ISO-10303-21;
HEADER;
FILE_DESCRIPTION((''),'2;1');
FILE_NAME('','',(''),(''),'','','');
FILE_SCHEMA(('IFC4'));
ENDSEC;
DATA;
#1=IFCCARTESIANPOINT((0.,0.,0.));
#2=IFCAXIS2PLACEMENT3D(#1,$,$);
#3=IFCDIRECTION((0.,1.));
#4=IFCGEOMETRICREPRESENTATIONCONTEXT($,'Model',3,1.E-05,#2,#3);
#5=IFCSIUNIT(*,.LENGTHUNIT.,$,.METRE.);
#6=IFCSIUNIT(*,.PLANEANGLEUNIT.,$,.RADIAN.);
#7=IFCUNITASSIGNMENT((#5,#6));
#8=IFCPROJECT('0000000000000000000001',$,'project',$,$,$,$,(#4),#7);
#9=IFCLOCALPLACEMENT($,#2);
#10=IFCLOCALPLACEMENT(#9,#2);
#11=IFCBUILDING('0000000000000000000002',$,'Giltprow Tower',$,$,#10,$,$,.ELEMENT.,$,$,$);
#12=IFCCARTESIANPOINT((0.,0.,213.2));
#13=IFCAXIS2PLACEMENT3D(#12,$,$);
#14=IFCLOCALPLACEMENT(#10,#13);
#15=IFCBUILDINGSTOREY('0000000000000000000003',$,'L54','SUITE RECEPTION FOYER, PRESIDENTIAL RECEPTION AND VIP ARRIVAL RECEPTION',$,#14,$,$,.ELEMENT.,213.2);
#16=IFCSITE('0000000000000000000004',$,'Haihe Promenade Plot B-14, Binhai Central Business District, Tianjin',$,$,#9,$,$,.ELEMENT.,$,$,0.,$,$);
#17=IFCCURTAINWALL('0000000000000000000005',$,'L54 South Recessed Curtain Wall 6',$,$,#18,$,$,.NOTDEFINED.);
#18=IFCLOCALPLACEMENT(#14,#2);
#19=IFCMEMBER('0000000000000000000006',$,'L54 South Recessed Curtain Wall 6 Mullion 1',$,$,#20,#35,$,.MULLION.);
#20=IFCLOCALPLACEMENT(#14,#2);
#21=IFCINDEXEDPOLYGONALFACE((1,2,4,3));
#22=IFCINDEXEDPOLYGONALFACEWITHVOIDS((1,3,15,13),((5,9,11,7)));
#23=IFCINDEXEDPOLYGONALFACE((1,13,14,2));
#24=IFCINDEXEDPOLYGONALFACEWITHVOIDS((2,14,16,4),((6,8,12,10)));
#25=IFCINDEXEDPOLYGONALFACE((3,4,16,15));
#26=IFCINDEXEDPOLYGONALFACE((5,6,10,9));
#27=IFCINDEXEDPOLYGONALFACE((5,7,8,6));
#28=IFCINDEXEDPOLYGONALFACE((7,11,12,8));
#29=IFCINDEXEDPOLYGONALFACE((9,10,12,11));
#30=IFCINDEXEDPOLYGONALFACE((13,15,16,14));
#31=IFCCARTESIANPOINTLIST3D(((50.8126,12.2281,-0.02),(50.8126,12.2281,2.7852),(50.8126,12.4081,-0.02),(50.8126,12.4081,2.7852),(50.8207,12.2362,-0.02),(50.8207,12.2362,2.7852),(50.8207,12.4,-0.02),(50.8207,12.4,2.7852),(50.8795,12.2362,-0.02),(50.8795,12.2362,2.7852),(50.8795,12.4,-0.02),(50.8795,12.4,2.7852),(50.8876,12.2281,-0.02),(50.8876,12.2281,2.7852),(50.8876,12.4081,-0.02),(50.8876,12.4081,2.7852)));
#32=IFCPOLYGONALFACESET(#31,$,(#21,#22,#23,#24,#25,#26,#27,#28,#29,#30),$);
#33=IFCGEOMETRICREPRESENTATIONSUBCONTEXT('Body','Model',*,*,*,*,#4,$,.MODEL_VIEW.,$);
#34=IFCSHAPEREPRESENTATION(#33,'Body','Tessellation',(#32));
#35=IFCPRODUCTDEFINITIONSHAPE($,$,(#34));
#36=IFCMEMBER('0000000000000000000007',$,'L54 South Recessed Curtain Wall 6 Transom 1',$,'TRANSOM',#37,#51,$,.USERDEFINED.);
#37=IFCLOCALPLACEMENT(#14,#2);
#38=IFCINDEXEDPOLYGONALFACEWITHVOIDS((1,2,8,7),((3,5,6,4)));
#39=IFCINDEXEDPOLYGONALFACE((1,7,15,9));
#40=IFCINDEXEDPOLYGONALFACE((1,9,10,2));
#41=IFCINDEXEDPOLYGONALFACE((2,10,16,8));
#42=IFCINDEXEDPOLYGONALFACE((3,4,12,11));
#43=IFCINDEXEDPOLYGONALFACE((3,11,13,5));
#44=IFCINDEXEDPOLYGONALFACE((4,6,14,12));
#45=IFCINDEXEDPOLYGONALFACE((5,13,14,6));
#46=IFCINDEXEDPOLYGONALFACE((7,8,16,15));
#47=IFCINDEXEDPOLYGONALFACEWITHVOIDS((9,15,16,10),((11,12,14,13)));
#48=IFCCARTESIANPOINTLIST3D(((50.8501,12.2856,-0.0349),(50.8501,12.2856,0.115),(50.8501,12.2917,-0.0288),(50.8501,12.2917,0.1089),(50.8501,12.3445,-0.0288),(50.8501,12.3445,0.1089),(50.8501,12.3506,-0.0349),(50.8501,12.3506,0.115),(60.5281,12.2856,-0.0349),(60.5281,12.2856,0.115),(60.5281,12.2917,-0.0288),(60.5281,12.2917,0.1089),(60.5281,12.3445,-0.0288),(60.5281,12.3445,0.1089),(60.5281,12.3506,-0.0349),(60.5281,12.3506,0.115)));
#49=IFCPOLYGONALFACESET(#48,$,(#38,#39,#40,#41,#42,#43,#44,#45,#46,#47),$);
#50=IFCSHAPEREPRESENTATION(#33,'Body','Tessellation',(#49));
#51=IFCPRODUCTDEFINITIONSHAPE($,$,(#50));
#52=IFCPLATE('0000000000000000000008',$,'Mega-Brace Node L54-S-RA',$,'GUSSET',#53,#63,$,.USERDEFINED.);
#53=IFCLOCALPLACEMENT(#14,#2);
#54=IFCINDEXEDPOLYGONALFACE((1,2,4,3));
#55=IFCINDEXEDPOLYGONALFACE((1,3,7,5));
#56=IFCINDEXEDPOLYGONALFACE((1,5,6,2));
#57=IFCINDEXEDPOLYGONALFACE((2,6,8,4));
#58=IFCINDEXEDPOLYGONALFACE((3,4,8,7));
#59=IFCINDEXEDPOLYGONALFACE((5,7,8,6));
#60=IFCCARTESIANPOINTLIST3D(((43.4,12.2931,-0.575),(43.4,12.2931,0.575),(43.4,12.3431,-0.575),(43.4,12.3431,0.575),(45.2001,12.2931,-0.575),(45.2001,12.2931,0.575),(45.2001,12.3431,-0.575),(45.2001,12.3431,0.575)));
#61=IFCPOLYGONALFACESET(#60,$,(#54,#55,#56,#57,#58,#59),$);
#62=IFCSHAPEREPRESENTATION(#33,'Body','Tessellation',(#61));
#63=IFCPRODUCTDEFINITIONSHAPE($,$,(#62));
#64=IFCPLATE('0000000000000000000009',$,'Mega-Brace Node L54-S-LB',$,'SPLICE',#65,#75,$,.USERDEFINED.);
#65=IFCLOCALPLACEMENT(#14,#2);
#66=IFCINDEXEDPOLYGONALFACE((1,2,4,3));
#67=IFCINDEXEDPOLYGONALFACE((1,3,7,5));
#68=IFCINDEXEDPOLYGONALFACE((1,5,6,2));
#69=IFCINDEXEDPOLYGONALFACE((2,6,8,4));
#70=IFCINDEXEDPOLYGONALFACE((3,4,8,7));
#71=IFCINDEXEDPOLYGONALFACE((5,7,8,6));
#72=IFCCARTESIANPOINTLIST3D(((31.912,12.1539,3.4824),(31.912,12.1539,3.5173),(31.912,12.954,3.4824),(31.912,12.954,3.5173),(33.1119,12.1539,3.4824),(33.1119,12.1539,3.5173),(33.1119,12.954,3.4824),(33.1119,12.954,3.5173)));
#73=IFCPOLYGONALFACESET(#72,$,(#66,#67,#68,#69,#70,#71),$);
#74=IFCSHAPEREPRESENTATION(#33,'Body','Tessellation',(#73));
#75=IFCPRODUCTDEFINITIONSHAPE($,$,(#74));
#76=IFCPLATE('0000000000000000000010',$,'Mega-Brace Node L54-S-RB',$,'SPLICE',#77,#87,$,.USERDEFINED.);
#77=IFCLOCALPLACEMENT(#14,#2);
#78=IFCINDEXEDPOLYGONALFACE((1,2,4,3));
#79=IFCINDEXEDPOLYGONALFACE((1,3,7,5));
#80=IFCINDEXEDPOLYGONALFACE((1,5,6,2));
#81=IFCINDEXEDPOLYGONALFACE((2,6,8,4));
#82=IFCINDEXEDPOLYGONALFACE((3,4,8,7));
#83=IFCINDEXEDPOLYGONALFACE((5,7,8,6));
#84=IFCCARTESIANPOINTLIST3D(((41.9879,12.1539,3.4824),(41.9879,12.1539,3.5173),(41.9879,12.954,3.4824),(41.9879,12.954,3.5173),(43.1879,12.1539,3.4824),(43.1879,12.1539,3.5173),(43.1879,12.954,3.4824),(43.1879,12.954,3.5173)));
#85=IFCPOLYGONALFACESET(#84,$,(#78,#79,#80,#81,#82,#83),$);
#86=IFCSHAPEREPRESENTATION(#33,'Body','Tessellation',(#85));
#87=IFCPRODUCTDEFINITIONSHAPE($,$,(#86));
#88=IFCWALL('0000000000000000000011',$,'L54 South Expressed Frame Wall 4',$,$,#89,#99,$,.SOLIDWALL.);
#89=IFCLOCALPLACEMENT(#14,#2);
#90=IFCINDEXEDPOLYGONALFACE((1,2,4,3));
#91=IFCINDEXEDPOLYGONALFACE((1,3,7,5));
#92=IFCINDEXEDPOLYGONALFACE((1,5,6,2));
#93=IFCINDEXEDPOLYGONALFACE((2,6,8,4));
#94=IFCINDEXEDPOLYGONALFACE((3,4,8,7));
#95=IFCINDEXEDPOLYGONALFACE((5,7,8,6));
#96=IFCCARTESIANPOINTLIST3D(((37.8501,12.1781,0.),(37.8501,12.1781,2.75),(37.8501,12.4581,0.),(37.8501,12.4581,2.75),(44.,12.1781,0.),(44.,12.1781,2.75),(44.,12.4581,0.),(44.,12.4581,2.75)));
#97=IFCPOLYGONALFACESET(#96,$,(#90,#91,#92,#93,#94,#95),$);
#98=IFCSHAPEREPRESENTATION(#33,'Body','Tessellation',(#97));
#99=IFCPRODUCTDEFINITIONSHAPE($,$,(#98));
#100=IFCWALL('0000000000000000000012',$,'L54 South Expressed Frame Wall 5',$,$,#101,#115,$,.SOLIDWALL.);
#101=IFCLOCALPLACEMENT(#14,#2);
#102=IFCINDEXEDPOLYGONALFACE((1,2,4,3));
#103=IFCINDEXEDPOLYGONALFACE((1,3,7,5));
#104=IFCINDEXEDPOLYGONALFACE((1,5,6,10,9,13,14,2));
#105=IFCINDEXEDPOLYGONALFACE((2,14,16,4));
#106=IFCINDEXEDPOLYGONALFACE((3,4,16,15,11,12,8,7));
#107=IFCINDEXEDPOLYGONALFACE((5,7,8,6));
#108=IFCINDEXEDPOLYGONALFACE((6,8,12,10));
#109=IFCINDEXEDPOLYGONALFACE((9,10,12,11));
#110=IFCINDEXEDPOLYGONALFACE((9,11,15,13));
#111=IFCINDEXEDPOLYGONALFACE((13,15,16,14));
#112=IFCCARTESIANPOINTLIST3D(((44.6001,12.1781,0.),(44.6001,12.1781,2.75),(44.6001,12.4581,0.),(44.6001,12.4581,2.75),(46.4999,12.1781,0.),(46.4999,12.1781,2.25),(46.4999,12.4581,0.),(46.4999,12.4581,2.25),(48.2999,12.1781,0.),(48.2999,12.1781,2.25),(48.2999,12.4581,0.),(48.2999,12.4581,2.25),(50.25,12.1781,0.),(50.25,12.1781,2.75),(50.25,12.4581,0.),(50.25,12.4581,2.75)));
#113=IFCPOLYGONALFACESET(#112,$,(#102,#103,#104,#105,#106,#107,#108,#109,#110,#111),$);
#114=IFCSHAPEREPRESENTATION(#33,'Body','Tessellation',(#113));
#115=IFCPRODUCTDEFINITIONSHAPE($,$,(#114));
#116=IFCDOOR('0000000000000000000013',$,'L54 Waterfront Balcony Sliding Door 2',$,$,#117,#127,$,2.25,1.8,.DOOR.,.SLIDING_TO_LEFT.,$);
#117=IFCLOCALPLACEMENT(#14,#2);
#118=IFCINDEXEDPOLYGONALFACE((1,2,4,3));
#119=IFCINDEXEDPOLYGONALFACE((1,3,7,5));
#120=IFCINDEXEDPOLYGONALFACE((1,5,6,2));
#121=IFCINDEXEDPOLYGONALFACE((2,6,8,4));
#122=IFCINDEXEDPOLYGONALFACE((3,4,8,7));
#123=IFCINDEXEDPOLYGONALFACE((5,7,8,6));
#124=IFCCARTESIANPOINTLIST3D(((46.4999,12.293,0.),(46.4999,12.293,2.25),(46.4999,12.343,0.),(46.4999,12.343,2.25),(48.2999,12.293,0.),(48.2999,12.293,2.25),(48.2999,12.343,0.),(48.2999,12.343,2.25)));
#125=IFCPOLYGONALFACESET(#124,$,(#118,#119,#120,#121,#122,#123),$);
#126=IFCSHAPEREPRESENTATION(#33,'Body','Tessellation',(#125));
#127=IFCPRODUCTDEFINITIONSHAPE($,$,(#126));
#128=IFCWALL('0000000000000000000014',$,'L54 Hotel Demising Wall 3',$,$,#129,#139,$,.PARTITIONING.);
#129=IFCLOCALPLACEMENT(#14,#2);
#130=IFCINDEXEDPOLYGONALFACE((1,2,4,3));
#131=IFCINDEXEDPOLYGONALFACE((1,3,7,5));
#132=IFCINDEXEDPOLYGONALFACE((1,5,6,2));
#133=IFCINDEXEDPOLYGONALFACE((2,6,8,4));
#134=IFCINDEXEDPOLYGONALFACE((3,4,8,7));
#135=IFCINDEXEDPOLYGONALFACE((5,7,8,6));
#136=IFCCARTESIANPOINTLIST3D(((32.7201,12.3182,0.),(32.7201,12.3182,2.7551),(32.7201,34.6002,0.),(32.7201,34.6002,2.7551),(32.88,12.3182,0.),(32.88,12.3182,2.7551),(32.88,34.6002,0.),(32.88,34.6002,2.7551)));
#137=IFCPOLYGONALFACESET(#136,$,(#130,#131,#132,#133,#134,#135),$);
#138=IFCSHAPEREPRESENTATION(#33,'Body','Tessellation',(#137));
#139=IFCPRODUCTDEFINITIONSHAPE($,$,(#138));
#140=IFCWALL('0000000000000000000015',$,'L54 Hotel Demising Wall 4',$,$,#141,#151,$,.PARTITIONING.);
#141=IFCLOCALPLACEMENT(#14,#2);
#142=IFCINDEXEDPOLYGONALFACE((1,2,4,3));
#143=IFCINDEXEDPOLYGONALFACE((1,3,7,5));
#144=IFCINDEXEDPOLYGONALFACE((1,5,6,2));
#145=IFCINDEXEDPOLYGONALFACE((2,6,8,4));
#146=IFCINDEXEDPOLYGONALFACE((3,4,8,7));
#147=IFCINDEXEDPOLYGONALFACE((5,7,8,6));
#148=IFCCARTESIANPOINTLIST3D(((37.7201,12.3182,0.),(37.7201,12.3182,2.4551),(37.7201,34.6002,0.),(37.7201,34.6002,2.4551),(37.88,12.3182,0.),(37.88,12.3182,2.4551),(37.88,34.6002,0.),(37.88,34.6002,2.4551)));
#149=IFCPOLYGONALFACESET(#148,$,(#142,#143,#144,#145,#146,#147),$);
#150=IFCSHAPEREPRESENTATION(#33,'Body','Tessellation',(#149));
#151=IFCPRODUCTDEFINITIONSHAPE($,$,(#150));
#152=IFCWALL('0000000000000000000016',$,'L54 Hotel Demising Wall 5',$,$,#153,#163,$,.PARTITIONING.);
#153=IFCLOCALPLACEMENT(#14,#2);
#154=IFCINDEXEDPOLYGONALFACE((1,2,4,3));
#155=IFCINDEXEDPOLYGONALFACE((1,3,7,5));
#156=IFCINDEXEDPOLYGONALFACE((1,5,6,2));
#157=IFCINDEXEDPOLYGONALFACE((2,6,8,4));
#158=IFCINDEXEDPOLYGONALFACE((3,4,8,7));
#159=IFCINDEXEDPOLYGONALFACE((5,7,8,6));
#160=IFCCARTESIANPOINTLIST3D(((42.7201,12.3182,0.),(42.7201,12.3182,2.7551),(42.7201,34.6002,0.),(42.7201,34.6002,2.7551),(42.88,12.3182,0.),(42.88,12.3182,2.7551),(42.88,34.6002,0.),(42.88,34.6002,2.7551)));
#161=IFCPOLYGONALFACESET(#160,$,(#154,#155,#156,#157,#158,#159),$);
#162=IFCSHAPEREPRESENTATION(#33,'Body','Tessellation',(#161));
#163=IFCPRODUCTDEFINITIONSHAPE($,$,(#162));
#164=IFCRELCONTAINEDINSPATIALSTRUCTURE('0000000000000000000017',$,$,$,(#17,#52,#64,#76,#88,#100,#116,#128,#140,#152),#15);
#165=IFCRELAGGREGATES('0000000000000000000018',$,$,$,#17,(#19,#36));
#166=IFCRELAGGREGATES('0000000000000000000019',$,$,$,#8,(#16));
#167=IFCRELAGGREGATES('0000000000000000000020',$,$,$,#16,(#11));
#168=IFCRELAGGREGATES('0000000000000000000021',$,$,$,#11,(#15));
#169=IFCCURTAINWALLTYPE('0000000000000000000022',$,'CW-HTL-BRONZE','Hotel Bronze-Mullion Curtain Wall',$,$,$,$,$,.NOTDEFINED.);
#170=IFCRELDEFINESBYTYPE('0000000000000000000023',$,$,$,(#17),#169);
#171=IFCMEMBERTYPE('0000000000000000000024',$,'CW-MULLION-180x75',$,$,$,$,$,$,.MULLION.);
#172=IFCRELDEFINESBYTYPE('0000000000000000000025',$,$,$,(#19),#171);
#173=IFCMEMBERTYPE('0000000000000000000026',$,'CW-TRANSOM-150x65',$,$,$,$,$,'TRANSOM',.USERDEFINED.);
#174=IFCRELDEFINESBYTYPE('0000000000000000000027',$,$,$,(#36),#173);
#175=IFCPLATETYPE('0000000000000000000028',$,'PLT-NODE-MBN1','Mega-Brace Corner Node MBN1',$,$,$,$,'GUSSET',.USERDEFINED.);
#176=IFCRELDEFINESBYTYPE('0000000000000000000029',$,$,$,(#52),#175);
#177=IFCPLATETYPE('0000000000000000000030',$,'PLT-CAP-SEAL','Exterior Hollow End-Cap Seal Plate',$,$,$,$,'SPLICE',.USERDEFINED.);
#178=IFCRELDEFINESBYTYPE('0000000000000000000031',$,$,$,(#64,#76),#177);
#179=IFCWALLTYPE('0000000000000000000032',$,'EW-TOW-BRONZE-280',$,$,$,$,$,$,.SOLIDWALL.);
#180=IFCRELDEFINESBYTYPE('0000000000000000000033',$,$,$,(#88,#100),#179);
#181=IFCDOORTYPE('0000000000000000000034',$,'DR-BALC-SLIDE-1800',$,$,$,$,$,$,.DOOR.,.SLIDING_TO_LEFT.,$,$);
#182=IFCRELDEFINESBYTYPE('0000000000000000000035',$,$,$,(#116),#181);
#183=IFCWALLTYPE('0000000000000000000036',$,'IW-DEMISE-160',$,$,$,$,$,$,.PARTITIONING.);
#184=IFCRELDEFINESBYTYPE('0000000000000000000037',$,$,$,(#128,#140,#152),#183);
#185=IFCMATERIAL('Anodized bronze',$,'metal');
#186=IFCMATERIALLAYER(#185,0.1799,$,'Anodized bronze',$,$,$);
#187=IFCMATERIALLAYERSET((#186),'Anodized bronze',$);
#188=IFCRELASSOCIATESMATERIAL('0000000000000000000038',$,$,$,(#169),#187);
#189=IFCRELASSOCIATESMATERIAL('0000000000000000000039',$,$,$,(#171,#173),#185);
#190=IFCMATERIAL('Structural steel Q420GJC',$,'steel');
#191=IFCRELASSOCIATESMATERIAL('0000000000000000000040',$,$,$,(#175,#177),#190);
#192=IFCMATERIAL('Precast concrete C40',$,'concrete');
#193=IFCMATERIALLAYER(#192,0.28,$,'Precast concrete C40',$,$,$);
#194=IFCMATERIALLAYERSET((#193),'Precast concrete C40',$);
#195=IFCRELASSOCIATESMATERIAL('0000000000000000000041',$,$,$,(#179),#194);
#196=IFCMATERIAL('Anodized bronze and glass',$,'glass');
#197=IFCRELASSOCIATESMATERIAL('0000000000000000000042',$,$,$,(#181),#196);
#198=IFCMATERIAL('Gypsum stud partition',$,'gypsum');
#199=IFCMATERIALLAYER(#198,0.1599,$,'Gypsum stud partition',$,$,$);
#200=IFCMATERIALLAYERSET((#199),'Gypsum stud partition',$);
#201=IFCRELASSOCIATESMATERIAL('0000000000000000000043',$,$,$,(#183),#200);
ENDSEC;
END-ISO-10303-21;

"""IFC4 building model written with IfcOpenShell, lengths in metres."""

from ifc_helpers import new_model, si_unit, direction, frame, frame_2d, origin, origin_2d, place, context, subcontext, project, spatial, rectangle, hollow_rectangle, extrude, source, transform, mapped, material, layer, layer_set, material_profile, profile_set, type_object, element, fill, aggregate, save


model = new_model("IFC4")

# Units and contexts
model_context = context("Model", 3, precision=1e-05, world=origin(), true_north=direction((0.0, 1.0)))
body_context = subcontext(model_context, "Body", "Model", "MODEL_VIEW")
ifc_project = project(units=[si_unit("LENGTHUNIT", "METRE"), si_unit("PLANEANGLEUNIT", "RADIAN")], contexts=[model_context])

# Site, building, storey
site_placement = place(None, origin())
site = spatial("IfcSite", under=ifc_project, at=site_placement, Name="Haihe Promenade Plot B-14, Binhai Central Business District, Tianjin", CompositionType="ELEMENT", RefElevation=0.0)
building_placement = place(site_placement, origin())
building = spatial("IfcBuilding", under=site, at=building_placement, Name="Giltprow Tower", CompositionType="ELEMENT")
storey_placement = place(building_placement, frame((0.0, 0.0, 213.2)))
storey = spatial("IfcBuildingStorey", under=building, at=storey_placement, Name="L54", Description="SUITE RECEPTION FOYER, PRESIDENTIAL RECEPTION AND VIP ARRIVAL RECEPTION", CompositionType="ELEMENT", Elevation=213.2)

# Shared definitions
ifc_material_1 = material(Name="Structural steel Q420GJC", Category="steel")

# Curtain wall, members
ifc_material_2 = material(Name="Anodized bronze", Category="metal")
ifc_layer_1 = layer(ifc_material_2, 0.1799, Name="Anodized bronze")
ifc_layer_set_1 = layer_set([ifc_layer_1], Name="Anodized bronze")
curtain_wall_type = type_object("IfcCurtainWallType", Name="CW-HTL-BRONZE", Description="Hotel Bronze-Mullion Curtain Wall", PredefinedType="NOTDEFINED", material=ifc_layer_set_1)
curtain_wall_placement = place(storey_placement, origin())
curtain_wall = element("IfcCurtainWall", 1, at=curtain_wall_placement, inside=storey, type_object=curtain_wall_type, Name="L54 South Recessed Curtain Wall 6", PredefinedType="NOTDEFINED")
ifc_material_profile_1 = material_profile(ifc_material_2, hollow_rectangle(XDim=0.075, YDim=0.1799, WallThickness=0.0081, at=origin_2d()), Name="RHS 180x75x8")
ifc_profile_set_1 = profile_set([ifc_material_profile_1], Name="Anodized bronze")
member_type_1 = type_object("IfcMemberType", Name="CW-MULLION-180x75", PredefinedType="MULLION", material=ifc_profile_set_1)
shared_shape_1 = source(origin(), body_context, "Body", "SweptSolid", [
    extrude(hollow_rectangle(XDim=0.075, YDim=0.1799, WallThickness=0.0081, at=origin_2d()), origin(), (0.0, 0.0, 1.0), 2.8052),
])
member_1_placement = place(storey_placement, frame((50.8501, 12.3181, -0.02), z_axis=(0.0, 0.0, 1.0), x_axis=(1.0, 0.0, 0.0)))
member_1 = element("IfcMember", 2, at=member_1_placement, type_object=member_type_1, Name="L54 South Recessed Curtain Wall 6 Mullion 1", PredefinedType="MULLION", context=body_context, shape_type="MappedRepresentation", body=[
    mapped(shared_shape_1, transform((0.0, 0.0, 0.0), x_axis=(1.0, 0.0, 0.0), y_axis=(0.0, 1.0, 0.0), z_axis=(0.0, 0.0, 1.0), scale=1.0)),
])
ifc_material_profile_2 = material_profile(ifc_material_2, hollow_rectangle(XDim=0.0649, YDim=0.1499, WallThickness=0.0061, at=origin_2d()), Name="RHS 150x65x6")
ifc_profile_set_2 = profile_set([ifc_material_profile_2], Name="Anodized bronze")
member_type_2 = type_object("IfcMemberType", Name="CW-TRANSOM-150x65", ElementType="TRANSOM", PredefinedType="USERDEFINED", material=ifc_profile_set_2)
shared_shape_2 = source(origin(), body_context, "Body", "SweptSolid", [
    extrude(hollow_rectangle(XDim=0.0649, YDim=0.1499, WallThickness=0.0061, at=origin_2d()), origin(), (0.0, 0.0, 1.0), 9.678),
])
member_2_placement = place(storey_placement, frame((50.8501, 12.3181, 0.04), z_axis=(1.0, 0.0, 0.0), x_axis=(0.0, 1.0, 0.0)))
member_2 = element("IfcMember", 3, at=member_2_placement, type_object=member_type_2, Name="L54 South Recessed Curtain Wall 6 Transom 1", ObjectType="TRANSOM", PredefinedType="USERDEFINED", context=body_context, shape_type="MappedRepresentation", body=[
    mapped(shared_shape_2, transform((0.0, 0.0, 0.0), x_axis=(1.0, 0.0, 0.0), y_axis=(0.0, 1.0, 0.0), z_axis=(0.0, 0.0, 1.0), scale=1.0)),
])
aggregate(curtain_wall, [member_1, member_2])

# Plates
plate_type_1 = type_object("IfcPlateType", Name="PLT-NODE-MBN1", Description="Mega-Brace Corner Node MBN1", ElementType="GUSSET", PredefinedType="USERDEFINED", material=ifc_material_1)
shared_shape_3 = source(origin(), body_context, "Body", "SweptSolid", [
    extrude(rectangle(XDim=1.8, YDim=0.05, at=origin_2d()), origin(), (0.0, 0.0, 1.0), 1.1499),
])
plate_placement = place(storey_placement, frame((44.3, 12.3181, -0.575), z_axis=(0.0, 0.0, 1.0), x_axis=(1.0, 0.0, 0.0)))
element("IfcPlate", 4, at=plate_placement, inside=storey, type_object=plate_type_1, Name="Mega-Brace Node L54-S-RA", ObjectType="GUSSET", PredefinedType="USERDEFINED", context=body_context, shape_type="MappedRepresentation", body=[
    mapped(shared_shape_3, transform((0.0, 0.0, 0.0), x_axis=(1.0, 0.0, 0.0), y_axis=(0.0, 1.0, 0.0), z_axis=(0.0, 0.0, 1.0), scale=1.0)),
])
plate_type_2 = type_object("IfcPlateType", Name="PLT-CAP-SEAL", Description="Exterior Hollow End-Cap Seal Plate", ElementType="SPLICE", PredefinedType="USERDEFINED", material=ifc_material_1)
shared_shape_4 = source(origin(), body_context, "Body", "SweptSolid", [
    extrude(rectangle(XDim=1.2, YDim=0.8, at=origin_2d()), origin(), (0.0, 0.0, 1.0), 0.0349),
])
for number, where, z_axis, x_axis, name in (
    (5, (32.512, 12.554, 3.4824), (0.0, 0.0, 1.0), (1.0, 0.0, 0.0), "Mega-Brace Node L54-S-LB"),
    (6, (42.5879, 12.554, 3.4824), (0.0, 0.0, 1.0), (1.0, 0.0, 0.0), "Mega-Brace Node L54-S-RB"),
):
    element("IfcPlate", number, at=place(storey_placement, frame(where, z_axis=z_axis, x_axis=x_axis)), inside=storey, type_object=plate_type_2, Name=name, ObjectType="SPLICE", PredefinedType="USERDEFINED", context=body_context, shape_type="MappedRepresentation", body=[
        mapped(shared_shape_4, transform((0.0, 0.0, 0.0), x_axis=(1.0, 0.0, 0.0), y_axis=(0.0, 1.0, 0.0), z_axis=(0.0, 0.0, 1.0), scale=1.0)),
    ])

# Wall
ifc_material_3 = material(Name="Precast concrete C40", Category="concrete")
ifc_layer_2 = layer(ifc_material_3, 0.28, Name="Precast concrete C40")
ifc_layer_set_2 = layer_set([ifc_layer_2], Name="Precast concrete C40")
wall_type_1 = type_object("IfcWallType", Name="EW-TOW-BRONZE-280", PredefinedType="SOLIDWALL", material=ifc_layer_set_2)
wall_1_placement = place(storey_placement, frame((37.8501, 12.3181, 0.0), z_axis=(0.0, 0.0, 1.0), x_axis=(1.0, 0.0, 0.0)))
element("IfcWall", 7, at=wall_1_placement, inside=storey, type_object=wall_type_1, Name="L54 South Expressed Frame Wall 4", PredefinedType="SOLIDWALL", context=body_context, shape_type="SweptSolid", body=[
    extrude(rectangle(XDim=6.1499, YDim=0.28, at=frame_2d((3.075, 0.0))), origin(), (0.0, 0.0, 1.0), 2.75),
])

# Wall, opening, door
wall_2_placement = place(storey_placement, frame((44.6001, 12.3181, 0.0), z_axis=(0.0, 0.0, 1.0), x_axis=(1.0, 0.0, 0.0)))
wall_2 = element("IfcWall", 8, at=wall_2_placement, inside=storey, type_object=wall_type_1, Name="L54 South Expressed Frame Wall 5", PredefinedType="SOLIDWALL", context=body_context, shape_type="SweptSolid", body=[
    extrude(rectangle(XDim=5.6499, YDim=0.28, at=frame_2d((2.825, 0.0))), origin(), (0.0, 0.0, 1.0), 2.75),
])
opening_1_placement = place(wall_2_placement, frame((1.8999, 0.0, 0.0)))
opening_1 = element("IfcOpeningElement", 9, at=opening_1_placement, cuts=wall_2, PredefinedType="OPENING", context=body_context, shape_type="SweptSolid", body=[
    extrude(rectangle(XDim=1.8, YDim=2.25, at=frame_2d((0.8999, 1.125))), frame((0.0, 0.1499, 0.0), z_axis=(0.0, -1.0, 0.0), x_axis=(1.0, 0.0, 0.0)), (0.0, 0.0, 1.0), 0.3),
])
ifc_material_4 = material(Name="Anodized bronze and glass", Category="glass")
door_type_1 = type_object("IfcDoorType", Name="DR-BALC-SLIDE-1800", OperationType="SLIDING_TO_LEFT", PredefinedType="DOOR", material=ifc_material_4)
shared_shape_5 = source(origin(), body_context, "Body", "SweptSolid", [
    extrude(rectangle(XDim=1.8, YDim=2.25, at=frame_2d((0.8999, 1.125))), frame((0.0, 0.0249, 0.0), z_axis=(0.0, -1.0, 0.0), x_axis=(1.0, 0.0, 0.0)), (0.0, 0.0, 1.0), 0.05),
])
door_1_placement = place(opening_1_placement, origin())
door_1 = element("IfcDoor", 10, at=door_1_placement, inside=storey, type_object=door_type_1, Name="L54 Waterfront Balcony Sliding Door 2", OperationType="SLIDING_TO_LEFT", OverallHeight=2.25, OverallWidth=1.8, PredefinedType="DOOR", context=body_context, shape_type="MappedRepresentation", body=[
    mapped(shared_shape_5, transform((0.0, 0.0, 0.0), x_axis=(1.0, 0.0, 0.0), y_axis=(0.0, 1.0, 0.0), z_axis=(0.0, 0.0, 1.0), scale=1.0)),
])
fill(opening_1, door_1)

# Walls
ifc_material_5 = material(Name="Gypsum stud partition", Category="gypsum")
ifc_layer_3 = layer(ifc_material_5, 0.1599, Name="Gypsum stud partition")
ifc_layer_set_3 = layer_set([ifc_layer_3], Name="Gypsum stud partition")
wall_type_2 = type_object("IfcWallType", Name="IW-DEMISE-160", PredefinedType="PARTITIONING", material=ifc_layer_set_3)
wall_3_placement = place(storey_placement, frame((32.8, 12.3181, 0.0), z_axis=(0.0, 0.0, 1.0), x_axis=(0.0, 1.0, 0.0)))
element("IfcWall", 11, at=wall_3_placement, inside=storey, type_object=wall_type_2, Name="L54 Hotel Demising Wall 3", PredefinedType="PARTITIONING", context=body_context, shape_type="SweptSolid", body=[
    extrude(rectangle(XDim=22.282, YDim=0.1599, at=frame_2d((11.1411, 0.0))), origin(), (0.0, 0.0, 1.0), 2.7551),
])
wall_4_placement = place(storey_placement, frame((37.8, 12.3181, 0.0), z_axis=(0.0, 0.0, 1.0), x_axis=(0.0, 1.0, 0.0)))
element("IfcWall", 12, at=wall_4_placement, inside=storey, type_object=wall_type_2, Name="L54 Hotel Demising Wall 4", PredefinedType="PARTITIONING", context=body_context, shape_type="SweptSolid", body=[
    extrude(rectangle(XDim=22.282, YDim=0.1599, at=frame_2d((11.1411, 0.0))), origin(), (0.0, 0.0, 1.0), 2.4551),
])
wall_5_placement = place(storey_placement, frame((42.8, 12.3181, 0.0), z_axis=(0.0, 0.0, 1.0), x_axis=(0.0, 1.0, 0.0)))
element("IfcWall", 13, at=wall_5_placement, inside=storey, type_object=wall_type_2, Name="L54 Hotel Demising Wall 5", PredefinedType="PARTITIONING", context=body_context, shape_type="SweptSolid", body=[
    extrude(rectangle(XDim=22.282, YDim=0.1599, at=frame_2d((11.1411, 0.0))), origin(), (0.0, 0.0, 1.0), 2.7551),
])

save(model, "model.ifc")
